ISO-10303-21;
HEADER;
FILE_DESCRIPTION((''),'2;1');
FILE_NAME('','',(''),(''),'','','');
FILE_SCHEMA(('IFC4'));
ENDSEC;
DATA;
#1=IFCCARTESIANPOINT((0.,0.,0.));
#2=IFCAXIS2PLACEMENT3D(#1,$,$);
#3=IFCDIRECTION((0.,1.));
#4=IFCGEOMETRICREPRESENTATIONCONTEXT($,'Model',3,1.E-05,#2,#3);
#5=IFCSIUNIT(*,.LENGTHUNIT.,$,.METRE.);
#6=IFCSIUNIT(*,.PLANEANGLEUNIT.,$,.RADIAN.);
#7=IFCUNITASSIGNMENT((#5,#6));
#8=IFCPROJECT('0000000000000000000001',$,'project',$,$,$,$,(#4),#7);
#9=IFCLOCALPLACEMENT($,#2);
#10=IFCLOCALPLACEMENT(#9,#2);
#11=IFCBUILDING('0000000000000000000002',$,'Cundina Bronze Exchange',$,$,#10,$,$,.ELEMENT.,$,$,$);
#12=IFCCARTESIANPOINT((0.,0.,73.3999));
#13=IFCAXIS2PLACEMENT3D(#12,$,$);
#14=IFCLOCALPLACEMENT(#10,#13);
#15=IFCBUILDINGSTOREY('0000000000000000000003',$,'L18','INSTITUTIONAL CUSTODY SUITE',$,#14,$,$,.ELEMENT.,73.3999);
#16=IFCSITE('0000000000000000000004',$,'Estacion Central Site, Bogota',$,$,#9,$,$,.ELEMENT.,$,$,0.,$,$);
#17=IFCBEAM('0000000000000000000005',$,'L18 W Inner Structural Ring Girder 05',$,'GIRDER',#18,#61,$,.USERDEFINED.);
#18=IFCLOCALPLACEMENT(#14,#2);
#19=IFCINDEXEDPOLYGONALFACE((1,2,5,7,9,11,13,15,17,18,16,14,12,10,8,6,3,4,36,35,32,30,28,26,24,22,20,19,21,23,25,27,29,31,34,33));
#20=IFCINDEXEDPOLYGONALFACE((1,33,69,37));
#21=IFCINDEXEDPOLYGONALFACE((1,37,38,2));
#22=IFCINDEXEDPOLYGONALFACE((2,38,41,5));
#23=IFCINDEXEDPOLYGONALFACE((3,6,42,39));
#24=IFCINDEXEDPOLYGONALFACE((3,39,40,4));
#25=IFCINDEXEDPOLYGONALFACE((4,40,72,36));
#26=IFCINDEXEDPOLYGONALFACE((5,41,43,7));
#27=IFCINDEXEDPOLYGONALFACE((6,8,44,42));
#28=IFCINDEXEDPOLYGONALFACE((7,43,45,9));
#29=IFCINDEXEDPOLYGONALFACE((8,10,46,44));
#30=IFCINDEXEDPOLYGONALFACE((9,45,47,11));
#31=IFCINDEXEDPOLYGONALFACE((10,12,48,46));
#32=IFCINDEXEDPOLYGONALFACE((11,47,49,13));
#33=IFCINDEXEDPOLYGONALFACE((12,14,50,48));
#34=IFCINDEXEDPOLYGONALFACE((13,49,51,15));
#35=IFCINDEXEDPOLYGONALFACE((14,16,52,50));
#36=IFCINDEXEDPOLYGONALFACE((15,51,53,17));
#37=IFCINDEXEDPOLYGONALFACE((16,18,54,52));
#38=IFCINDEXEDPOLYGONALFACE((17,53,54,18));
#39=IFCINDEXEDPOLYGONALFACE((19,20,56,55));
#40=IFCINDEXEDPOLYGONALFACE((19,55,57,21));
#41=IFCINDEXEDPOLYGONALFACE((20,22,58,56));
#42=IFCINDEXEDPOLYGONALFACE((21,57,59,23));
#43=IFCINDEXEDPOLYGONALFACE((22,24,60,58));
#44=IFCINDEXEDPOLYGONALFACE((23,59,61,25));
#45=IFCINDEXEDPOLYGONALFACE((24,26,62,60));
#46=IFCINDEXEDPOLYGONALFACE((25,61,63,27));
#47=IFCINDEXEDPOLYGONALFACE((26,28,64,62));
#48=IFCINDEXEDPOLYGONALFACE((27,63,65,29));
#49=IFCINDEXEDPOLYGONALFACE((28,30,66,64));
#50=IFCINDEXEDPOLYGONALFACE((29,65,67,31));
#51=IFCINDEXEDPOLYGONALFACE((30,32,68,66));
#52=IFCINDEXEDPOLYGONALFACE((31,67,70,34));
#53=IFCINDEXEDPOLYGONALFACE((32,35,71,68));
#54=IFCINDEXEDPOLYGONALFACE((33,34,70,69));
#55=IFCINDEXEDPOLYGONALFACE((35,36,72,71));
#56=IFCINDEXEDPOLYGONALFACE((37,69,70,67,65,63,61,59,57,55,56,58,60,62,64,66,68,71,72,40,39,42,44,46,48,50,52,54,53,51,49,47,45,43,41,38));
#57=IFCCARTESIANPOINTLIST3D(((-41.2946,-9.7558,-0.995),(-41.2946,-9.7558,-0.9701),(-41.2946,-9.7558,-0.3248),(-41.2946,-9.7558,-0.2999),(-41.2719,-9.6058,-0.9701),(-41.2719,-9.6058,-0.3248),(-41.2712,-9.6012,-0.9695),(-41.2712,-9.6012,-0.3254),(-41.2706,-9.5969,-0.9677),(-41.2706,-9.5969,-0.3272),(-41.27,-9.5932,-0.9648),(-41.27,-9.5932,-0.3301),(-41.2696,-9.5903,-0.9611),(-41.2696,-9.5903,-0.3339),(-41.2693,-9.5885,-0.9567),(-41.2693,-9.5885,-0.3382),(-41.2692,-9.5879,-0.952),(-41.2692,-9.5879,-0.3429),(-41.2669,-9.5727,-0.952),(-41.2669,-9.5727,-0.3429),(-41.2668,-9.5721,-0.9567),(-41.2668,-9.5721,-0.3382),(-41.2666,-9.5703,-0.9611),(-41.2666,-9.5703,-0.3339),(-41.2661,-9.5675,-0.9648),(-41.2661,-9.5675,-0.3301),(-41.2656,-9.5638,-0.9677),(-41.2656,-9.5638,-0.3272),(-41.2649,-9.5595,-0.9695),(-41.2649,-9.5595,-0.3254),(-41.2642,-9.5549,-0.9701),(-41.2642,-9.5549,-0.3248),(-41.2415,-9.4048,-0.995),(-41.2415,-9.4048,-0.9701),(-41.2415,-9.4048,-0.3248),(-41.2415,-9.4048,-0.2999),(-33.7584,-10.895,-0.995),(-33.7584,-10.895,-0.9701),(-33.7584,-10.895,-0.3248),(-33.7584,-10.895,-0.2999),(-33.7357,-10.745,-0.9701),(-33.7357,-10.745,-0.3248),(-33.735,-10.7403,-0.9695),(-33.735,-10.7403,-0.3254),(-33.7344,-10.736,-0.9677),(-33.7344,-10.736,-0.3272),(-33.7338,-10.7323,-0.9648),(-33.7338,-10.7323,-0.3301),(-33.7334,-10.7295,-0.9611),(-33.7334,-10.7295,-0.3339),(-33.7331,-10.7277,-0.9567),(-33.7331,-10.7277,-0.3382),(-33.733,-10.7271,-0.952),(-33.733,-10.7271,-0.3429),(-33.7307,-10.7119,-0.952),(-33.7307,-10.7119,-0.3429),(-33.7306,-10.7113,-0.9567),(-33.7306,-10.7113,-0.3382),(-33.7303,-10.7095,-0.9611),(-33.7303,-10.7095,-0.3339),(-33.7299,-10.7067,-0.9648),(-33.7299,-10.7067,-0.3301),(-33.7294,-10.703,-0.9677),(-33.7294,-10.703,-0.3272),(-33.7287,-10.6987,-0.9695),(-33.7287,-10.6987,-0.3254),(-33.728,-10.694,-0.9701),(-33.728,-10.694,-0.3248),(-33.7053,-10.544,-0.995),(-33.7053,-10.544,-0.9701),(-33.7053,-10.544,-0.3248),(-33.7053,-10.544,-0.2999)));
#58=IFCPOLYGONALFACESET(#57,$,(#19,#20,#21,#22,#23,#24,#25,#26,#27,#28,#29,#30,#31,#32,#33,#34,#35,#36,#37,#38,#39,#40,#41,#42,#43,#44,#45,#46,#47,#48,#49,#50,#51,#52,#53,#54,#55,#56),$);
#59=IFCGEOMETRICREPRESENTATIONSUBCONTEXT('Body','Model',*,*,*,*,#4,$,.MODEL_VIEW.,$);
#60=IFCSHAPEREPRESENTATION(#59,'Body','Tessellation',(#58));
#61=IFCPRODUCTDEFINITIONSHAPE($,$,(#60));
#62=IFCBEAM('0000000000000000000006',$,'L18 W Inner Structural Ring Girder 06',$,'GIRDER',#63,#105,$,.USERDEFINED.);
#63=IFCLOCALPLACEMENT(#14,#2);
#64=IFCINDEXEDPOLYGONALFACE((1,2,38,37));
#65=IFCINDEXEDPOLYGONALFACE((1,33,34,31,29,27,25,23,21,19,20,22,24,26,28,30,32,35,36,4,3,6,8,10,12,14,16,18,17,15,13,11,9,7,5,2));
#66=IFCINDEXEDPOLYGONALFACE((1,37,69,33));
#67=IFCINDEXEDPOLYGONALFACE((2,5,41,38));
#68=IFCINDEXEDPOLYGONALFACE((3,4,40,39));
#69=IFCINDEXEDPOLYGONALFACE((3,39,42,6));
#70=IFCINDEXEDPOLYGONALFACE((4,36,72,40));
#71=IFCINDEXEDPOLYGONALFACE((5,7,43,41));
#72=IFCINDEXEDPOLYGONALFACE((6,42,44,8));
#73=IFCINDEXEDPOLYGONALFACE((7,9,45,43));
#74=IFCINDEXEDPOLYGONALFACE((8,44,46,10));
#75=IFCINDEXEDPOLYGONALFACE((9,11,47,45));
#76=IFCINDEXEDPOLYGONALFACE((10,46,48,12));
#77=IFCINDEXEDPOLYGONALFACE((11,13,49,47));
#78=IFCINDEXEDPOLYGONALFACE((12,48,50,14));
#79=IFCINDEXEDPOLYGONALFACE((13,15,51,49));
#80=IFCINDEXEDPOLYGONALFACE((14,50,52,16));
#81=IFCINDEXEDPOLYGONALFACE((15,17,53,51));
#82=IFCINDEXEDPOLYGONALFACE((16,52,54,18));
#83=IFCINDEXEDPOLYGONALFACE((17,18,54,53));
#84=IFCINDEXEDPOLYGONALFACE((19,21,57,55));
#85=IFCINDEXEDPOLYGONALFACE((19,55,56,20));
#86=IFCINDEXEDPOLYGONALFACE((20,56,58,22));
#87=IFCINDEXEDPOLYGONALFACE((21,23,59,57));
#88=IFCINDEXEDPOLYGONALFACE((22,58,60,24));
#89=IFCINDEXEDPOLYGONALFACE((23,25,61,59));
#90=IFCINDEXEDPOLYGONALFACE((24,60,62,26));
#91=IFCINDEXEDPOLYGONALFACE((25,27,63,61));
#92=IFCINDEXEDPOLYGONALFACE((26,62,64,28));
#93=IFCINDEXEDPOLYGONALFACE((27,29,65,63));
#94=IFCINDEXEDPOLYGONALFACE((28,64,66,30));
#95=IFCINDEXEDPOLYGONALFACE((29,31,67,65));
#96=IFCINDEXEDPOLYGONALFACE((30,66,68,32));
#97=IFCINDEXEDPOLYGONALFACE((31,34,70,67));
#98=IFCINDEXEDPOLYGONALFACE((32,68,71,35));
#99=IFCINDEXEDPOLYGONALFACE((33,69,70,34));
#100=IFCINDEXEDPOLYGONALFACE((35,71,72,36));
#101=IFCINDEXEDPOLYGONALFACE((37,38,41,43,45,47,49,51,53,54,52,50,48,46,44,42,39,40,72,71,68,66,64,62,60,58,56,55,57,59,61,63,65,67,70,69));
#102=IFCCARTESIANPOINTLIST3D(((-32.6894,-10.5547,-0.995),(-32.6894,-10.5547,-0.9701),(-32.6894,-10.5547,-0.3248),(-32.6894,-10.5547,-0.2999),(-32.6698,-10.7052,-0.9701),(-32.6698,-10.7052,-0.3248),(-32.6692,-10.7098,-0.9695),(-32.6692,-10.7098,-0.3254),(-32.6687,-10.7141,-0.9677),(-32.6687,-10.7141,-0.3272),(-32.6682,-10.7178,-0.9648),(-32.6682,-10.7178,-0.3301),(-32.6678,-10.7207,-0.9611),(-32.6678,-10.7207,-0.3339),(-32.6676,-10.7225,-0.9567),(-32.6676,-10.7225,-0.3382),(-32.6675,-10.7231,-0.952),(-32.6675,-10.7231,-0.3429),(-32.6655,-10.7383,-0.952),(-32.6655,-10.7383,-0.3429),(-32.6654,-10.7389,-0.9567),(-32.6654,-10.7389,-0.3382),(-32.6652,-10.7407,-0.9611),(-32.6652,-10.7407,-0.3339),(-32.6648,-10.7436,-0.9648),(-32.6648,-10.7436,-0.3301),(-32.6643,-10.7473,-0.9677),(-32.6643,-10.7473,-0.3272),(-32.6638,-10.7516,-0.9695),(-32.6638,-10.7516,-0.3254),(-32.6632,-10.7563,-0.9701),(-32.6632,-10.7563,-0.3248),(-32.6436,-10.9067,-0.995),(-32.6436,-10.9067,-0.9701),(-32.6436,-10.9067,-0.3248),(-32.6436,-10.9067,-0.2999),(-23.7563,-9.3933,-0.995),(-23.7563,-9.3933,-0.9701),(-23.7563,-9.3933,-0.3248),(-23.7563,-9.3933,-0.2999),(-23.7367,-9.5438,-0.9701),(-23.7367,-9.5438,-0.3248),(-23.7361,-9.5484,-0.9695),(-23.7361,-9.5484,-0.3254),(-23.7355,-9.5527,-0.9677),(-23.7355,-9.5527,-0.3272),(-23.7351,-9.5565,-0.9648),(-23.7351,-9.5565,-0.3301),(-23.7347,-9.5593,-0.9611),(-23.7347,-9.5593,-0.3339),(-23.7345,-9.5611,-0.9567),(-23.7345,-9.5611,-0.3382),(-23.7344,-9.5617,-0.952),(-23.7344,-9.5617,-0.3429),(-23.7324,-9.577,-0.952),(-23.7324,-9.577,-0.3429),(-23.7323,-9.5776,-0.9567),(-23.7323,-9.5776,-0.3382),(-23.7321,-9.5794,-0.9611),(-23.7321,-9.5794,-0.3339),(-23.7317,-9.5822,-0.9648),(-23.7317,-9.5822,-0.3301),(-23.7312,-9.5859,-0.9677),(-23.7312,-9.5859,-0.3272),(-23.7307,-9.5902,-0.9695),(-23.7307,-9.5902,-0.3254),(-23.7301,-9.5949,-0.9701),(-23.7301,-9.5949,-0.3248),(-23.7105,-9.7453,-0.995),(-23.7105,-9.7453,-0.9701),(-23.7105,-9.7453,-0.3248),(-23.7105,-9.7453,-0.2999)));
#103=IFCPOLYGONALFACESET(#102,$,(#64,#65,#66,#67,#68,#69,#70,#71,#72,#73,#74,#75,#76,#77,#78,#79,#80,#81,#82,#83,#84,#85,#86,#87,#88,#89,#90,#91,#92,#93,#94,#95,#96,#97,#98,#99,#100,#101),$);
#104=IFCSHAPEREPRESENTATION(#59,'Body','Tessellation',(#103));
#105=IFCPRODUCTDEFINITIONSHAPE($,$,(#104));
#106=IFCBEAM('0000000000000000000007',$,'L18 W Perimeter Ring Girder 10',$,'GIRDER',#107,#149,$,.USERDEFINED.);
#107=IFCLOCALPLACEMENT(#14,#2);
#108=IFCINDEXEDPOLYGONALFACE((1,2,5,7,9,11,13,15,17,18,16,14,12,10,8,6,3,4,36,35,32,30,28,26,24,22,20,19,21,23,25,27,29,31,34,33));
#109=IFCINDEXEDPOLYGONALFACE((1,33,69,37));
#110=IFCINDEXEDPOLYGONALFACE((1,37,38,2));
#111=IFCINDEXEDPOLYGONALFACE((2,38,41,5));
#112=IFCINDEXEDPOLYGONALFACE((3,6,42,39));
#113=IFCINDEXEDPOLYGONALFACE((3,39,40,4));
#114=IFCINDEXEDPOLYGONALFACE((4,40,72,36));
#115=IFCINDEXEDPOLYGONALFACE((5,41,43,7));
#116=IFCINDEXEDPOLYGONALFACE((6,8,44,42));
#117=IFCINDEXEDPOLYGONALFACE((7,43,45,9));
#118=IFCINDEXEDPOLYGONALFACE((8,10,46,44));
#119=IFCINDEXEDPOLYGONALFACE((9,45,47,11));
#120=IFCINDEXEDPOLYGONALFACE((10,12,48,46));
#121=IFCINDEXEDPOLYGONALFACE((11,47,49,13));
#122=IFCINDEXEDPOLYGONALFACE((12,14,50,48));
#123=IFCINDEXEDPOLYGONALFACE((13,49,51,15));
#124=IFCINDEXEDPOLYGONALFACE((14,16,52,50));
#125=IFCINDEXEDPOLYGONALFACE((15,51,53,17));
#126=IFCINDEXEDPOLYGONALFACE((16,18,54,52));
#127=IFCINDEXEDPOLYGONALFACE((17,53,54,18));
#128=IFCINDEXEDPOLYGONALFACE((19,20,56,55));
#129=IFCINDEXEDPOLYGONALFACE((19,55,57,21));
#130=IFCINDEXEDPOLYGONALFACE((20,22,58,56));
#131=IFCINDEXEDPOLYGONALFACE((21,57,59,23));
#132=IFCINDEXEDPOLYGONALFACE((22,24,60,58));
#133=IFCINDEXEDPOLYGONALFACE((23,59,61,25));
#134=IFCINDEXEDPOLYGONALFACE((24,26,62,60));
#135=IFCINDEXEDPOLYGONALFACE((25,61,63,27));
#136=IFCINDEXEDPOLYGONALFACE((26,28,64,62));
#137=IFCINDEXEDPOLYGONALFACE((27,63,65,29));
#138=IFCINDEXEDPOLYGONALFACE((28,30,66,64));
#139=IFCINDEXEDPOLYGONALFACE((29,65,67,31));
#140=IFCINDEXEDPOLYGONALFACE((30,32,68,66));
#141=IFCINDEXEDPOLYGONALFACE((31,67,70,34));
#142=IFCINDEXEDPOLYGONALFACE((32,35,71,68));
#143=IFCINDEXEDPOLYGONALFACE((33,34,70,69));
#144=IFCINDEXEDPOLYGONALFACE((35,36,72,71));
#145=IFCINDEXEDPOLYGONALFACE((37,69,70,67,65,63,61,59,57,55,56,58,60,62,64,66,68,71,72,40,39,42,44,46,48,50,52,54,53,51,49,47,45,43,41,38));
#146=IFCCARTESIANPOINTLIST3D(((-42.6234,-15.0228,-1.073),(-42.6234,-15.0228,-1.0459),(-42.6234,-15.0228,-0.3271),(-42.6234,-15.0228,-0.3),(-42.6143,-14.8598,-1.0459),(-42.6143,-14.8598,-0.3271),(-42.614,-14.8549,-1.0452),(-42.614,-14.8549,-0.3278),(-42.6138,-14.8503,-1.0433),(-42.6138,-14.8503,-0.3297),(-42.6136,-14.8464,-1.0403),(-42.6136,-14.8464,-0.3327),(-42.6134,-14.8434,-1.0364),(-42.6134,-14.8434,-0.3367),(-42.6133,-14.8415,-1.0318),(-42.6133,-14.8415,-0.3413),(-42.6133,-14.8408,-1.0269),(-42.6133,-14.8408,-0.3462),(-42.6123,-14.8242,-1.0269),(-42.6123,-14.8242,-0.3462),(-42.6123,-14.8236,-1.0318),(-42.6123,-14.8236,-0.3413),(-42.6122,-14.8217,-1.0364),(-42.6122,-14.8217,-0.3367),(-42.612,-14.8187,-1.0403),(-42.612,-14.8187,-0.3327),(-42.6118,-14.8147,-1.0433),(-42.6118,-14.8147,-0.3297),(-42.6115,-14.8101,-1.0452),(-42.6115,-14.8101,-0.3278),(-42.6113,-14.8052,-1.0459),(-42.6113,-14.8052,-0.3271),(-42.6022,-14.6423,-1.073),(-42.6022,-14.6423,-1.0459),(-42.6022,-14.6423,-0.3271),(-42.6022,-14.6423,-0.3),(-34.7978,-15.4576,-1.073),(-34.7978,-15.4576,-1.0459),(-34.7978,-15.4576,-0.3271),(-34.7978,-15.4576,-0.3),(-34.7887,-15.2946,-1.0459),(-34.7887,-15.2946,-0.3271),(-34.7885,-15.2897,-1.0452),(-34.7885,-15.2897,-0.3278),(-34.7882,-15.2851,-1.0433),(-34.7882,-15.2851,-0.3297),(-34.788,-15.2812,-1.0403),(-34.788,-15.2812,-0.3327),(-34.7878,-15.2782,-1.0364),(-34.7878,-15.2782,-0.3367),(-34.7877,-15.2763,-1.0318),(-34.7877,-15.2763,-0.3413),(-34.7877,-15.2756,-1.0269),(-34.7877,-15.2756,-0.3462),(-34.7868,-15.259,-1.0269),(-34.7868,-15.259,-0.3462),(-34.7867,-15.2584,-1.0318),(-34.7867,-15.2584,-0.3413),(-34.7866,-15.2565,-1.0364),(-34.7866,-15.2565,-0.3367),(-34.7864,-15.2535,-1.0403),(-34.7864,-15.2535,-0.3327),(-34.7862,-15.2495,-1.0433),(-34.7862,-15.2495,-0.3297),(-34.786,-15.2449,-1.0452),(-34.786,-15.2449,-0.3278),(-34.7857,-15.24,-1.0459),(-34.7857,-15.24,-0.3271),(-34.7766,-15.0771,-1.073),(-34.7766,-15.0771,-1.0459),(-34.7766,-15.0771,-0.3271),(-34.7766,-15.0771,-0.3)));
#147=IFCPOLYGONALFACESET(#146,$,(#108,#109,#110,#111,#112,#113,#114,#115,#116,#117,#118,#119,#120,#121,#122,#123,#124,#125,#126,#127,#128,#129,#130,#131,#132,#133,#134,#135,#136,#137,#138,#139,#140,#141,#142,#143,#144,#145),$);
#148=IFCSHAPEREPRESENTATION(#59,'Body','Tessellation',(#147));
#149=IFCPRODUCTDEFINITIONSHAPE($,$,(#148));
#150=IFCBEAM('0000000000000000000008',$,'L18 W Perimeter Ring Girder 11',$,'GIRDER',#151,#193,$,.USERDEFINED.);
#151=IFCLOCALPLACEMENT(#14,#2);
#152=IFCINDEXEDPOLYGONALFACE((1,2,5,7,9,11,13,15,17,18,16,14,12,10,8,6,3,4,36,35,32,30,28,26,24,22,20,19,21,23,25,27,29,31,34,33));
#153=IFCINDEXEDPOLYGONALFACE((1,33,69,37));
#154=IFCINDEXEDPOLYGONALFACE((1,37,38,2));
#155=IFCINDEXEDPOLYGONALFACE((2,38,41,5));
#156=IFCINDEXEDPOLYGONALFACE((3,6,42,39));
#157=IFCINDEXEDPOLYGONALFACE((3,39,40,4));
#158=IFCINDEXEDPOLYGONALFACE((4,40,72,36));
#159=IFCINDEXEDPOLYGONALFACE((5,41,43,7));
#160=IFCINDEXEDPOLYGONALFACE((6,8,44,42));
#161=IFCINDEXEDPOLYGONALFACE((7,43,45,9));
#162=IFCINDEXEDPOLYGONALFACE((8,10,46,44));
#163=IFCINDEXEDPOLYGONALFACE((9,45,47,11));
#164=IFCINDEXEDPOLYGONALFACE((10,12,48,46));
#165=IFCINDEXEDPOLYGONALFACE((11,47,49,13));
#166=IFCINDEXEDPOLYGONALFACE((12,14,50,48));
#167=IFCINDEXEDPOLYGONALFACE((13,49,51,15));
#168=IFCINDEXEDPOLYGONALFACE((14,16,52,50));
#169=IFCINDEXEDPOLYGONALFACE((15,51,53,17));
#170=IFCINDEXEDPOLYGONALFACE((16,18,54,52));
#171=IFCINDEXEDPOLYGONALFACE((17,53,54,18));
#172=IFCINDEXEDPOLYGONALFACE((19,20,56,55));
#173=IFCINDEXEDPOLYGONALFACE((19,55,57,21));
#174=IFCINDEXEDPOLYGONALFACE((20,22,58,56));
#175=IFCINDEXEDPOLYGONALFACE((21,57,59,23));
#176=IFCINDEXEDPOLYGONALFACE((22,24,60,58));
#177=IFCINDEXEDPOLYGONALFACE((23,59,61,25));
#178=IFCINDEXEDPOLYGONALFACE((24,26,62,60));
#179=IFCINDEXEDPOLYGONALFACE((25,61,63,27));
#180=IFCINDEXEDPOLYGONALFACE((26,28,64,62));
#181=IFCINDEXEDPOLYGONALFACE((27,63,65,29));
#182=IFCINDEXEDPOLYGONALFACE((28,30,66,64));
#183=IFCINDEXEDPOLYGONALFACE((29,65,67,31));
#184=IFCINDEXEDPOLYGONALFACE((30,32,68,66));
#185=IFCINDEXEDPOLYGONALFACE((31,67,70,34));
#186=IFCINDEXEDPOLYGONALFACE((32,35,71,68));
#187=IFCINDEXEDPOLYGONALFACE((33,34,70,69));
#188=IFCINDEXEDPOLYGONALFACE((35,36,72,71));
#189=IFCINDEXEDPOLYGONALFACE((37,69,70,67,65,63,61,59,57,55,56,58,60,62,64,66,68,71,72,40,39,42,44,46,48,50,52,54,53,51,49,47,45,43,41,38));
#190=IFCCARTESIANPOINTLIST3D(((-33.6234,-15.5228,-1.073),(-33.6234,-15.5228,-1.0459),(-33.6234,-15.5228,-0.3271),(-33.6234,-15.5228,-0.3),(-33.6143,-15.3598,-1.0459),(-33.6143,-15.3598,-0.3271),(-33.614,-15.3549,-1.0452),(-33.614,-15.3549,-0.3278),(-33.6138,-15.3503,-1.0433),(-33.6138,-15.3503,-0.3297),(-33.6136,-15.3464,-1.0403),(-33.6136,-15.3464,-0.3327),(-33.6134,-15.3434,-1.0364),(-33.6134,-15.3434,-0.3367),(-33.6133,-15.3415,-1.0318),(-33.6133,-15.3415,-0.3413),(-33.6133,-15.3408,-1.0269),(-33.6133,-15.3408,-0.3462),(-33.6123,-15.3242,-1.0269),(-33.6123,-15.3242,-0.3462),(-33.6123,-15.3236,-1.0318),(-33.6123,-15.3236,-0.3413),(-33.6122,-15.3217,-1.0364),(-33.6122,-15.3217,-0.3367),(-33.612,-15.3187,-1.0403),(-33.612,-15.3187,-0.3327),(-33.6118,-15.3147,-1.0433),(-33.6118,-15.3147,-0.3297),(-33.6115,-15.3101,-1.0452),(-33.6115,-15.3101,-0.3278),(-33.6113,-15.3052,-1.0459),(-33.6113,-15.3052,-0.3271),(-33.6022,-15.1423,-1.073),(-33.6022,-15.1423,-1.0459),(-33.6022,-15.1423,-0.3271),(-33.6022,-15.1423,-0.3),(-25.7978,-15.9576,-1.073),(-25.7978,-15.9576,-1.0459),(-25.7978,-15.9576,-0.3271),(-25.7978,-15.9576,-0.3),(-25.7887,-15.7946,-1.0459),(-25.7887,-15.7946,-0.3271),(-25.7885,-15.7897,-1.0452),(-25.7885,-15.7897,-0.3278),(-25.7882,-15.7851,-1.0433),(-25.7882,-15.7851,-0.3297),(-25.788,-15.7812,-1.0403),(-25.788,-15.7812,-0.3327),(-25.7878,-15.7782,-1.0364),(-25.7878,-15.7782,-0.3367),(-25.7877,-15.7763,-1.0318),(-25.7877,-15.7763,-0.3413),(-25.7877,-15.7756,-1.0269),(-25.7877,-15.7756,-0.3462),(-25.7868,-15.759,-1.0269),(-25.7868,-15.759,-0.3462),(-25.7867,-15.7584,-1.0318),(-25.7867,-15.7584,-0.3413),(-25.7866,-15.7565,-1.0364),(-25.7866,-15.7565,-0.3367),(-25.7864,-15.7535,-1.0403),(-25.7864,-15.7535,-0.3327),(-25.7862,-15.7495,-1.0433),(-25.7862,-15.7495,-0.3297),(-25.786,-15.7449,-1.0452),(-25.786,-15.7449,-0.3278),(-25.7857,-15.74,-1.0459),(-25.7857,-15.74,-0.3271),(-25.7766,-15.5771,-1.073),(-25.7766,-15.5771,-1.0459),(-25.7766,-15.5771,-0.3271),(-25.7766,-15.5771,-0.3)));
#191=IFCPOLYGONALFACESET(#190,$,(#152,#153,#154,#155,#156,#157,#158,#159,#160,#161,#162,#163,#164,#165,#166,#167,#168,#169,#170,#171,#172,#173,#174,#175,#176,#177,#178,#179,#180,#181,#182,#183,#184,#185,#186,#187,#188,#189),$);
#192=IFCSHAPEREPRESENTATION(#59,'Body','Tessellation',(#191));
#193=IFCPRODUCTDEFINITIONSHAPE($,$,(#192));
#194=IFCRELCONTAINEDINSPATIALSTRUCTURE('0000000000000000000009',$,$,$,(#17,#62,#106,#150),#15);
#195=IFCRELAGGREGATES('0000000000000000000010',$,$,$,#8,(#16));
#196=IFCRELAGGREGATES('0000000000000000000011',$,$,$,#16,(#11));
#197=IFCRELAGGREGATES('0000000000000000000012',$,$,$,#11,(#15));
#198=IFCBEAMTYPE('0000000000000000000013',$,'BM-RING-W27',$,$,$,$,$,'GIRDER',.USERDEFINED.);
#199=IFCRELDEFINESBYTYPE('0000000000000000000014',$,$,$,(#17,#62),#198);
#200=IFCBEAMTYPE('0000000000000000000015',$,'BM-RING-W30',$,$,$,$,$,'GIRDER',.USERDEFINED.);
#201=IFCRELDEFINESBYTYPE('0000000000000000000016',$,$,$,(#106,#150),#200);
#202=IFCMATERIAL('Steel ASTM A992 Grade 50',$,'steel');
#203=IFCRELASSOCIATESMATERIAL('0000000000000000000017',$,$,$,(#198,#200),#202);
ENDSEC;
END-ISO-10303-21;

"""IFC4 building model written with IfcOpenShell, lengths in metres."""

from ifc_helpers import new_model, si_unit, direction, frame, origin, origin_2d, place, context, subcontext, project, spatial, i_section, extrude, material, material_profile, profile_set, type_object, element, save


model = new_model("IFC4")

# Units and contexts
model_context = context("Model", 3, precision=1e-05, world=origin(), true_north=direction((0.0, 1.0)))
body_context = subcontext(model_context, "Body", "Model", "MODEL_VIEW")
ifc_project = project(units=[si_unit("LENGTHUNIT", "METRE"), si_unit("PLANEANGLEUNIT", "RADIAN")], contexts=[model_context])

# Site, building, storey
site_placement = place(None, origin())
site = spatial("IfcSite", under=ifc_project, at=site_placement, Name="Estacion Central Site, Bogota", CompositionType="ELEMENT", RefElevation=0.0)
building_placement = place(site_placement, origin())
building = spatial("IfcBuilding", under=site, at=building_placement, Name="Cundina Bronze Exchange", CompositionType="ELEMENT")
storey_placement = place(building_placement, frame((0.0, 0.0, 73.3999)))
storey = spatial("IfcBuildingStorey", under=building, at=storey_placement, Name="L18", Description="INSTITUTIONAL CUSTODY SUITE", CompositionType="ELEMENT", Elevation=73.3999)

# Beams
ifc_material_1 = material(Name="Steel ASTM A992 Grade 50", Category="steel")
ifc_material_profile_1 = material_profile(ifc_material_1, i_section(OverallWidth=0.355, OverallDepth=0.6951, WebThickness=0.0154, FlangeThickness=0.0249, FilletRadius=0.0181, at=origin_2d()), Name="W27X146", Category="steel")
ifc_profile_set_1 = profile_set([ifc_material_profile_1], Name="Steel ASTM A992 Grade 50")
beam_type_1 = type_object("IfcBeamType", Name="BM-RING-W27", ElementType="GIRDER", PredefinedType="USERDEFINED", material=ifc_profile_set_1)
beam_1_placement = place(storey_placement, frame((-41.2681, -9.5803, -0.6475), z_axis=(0.988767, -0.149462, 0.0), x_axis=(0.149462, 0.988767, 0.0)))
element("IfcBeam", 1, at=beam_1_placement, inside=storey, type_object=beam_type_1, Name="L18 W Inner Structural Ring Girder 05", ObjectType="GIRDER", PredefinedType="USERDEFINED", context=body_context, shape_type="SweptSolid", body=[
    extrude(i_section(OverallWidth=0.355, OverallDepth=0.6951, WebThickness=0.0154, FlangeThickness=0.0249, FilletRadius=0.0181, at=origin_2d()), origin(), (0.0, 0.0, 1.0), 7.6218),
])
beam_2_placement = place(storey_placement, frame((-32.6665, -10.7307, -0.6475), z_axis=(0.991655, 0.128923, 0.0), x_axis=(-0.128923, 0.991655, 0.0)))
element("IfcBeam", 2, at=beam_2_placement, inside=storey, type_object=beam_type_1, Name="L18 W Inner Structural Ring Girder 06", ObjectType="GIRDER", PredefinedType="USERDEFINED", context=body_context, shape_type="SweptSolid", body=[
    extrude(i_section(OverallWidth=0.355, OverallDepth=0.6951, WebThickness=0.0154, FlangeThickness=0.0249, FilletRadius=0.0181, at=origin_2d()), origin(), (0.0, 0.0, 1.0), 9.0083),
])
ifc_material_profile_2 = material_profile(ifc_material_1, i_section(OverallWidth=0.3811, OverallDepth=0.7729, WebThickness=0.0166, FlangeThickness=0.0271, FilletRadius=0.019, at=origin_2d()), Name="W30X173", Category="steel")
ifc_profile_set_2 = profile_set([ifc_material_profile_2], Name="Steel ASTM A992 Grade 50")
beam_type_2 = type_object("IfcBeamType", Name="BM-RING-W30", ElementType="GIRDER", PredefinedType="USERDEFINED", material=ifc_profile_set_2)
for number, where, z_axis, x_axis, name in (
    (3, (-42.6128, -14.8325, -0.6865), (0.99846, -0.055477, 0.0), (0.055477, 0.99846, 0.0), "L18 W Perimeter Ring Girder 10"),
    (4, (-33.6128, -15.3325, -0.6865), (0.99846, -0.055477, 0.0), (0.055477, 0.99846, 0.0), "L18 W Perimeter Ring Girder 11"),
):
    element("IfcBeam", number, at=place(storey_placement, frame(where, z_axis=z_axis, x_axis=x_axis)), inside=storey, type_object=beam_type_2, Name=name, ObjectType="GIRDER", PredefinedType="USERDEFINED", context=body_context, shape_type="SweptSolid", body=[
        extrude(i_section(OverallWidth=0.3811, OverallDepth=0.7729, WebThickness=0.0166, FlangeThickness=0.0271, FilletRadius=0.019, at=origin_2d()), origin(), (0.0, 0.0, 1.0), 7.8376),
    ])

save(model, "model.ifc")
